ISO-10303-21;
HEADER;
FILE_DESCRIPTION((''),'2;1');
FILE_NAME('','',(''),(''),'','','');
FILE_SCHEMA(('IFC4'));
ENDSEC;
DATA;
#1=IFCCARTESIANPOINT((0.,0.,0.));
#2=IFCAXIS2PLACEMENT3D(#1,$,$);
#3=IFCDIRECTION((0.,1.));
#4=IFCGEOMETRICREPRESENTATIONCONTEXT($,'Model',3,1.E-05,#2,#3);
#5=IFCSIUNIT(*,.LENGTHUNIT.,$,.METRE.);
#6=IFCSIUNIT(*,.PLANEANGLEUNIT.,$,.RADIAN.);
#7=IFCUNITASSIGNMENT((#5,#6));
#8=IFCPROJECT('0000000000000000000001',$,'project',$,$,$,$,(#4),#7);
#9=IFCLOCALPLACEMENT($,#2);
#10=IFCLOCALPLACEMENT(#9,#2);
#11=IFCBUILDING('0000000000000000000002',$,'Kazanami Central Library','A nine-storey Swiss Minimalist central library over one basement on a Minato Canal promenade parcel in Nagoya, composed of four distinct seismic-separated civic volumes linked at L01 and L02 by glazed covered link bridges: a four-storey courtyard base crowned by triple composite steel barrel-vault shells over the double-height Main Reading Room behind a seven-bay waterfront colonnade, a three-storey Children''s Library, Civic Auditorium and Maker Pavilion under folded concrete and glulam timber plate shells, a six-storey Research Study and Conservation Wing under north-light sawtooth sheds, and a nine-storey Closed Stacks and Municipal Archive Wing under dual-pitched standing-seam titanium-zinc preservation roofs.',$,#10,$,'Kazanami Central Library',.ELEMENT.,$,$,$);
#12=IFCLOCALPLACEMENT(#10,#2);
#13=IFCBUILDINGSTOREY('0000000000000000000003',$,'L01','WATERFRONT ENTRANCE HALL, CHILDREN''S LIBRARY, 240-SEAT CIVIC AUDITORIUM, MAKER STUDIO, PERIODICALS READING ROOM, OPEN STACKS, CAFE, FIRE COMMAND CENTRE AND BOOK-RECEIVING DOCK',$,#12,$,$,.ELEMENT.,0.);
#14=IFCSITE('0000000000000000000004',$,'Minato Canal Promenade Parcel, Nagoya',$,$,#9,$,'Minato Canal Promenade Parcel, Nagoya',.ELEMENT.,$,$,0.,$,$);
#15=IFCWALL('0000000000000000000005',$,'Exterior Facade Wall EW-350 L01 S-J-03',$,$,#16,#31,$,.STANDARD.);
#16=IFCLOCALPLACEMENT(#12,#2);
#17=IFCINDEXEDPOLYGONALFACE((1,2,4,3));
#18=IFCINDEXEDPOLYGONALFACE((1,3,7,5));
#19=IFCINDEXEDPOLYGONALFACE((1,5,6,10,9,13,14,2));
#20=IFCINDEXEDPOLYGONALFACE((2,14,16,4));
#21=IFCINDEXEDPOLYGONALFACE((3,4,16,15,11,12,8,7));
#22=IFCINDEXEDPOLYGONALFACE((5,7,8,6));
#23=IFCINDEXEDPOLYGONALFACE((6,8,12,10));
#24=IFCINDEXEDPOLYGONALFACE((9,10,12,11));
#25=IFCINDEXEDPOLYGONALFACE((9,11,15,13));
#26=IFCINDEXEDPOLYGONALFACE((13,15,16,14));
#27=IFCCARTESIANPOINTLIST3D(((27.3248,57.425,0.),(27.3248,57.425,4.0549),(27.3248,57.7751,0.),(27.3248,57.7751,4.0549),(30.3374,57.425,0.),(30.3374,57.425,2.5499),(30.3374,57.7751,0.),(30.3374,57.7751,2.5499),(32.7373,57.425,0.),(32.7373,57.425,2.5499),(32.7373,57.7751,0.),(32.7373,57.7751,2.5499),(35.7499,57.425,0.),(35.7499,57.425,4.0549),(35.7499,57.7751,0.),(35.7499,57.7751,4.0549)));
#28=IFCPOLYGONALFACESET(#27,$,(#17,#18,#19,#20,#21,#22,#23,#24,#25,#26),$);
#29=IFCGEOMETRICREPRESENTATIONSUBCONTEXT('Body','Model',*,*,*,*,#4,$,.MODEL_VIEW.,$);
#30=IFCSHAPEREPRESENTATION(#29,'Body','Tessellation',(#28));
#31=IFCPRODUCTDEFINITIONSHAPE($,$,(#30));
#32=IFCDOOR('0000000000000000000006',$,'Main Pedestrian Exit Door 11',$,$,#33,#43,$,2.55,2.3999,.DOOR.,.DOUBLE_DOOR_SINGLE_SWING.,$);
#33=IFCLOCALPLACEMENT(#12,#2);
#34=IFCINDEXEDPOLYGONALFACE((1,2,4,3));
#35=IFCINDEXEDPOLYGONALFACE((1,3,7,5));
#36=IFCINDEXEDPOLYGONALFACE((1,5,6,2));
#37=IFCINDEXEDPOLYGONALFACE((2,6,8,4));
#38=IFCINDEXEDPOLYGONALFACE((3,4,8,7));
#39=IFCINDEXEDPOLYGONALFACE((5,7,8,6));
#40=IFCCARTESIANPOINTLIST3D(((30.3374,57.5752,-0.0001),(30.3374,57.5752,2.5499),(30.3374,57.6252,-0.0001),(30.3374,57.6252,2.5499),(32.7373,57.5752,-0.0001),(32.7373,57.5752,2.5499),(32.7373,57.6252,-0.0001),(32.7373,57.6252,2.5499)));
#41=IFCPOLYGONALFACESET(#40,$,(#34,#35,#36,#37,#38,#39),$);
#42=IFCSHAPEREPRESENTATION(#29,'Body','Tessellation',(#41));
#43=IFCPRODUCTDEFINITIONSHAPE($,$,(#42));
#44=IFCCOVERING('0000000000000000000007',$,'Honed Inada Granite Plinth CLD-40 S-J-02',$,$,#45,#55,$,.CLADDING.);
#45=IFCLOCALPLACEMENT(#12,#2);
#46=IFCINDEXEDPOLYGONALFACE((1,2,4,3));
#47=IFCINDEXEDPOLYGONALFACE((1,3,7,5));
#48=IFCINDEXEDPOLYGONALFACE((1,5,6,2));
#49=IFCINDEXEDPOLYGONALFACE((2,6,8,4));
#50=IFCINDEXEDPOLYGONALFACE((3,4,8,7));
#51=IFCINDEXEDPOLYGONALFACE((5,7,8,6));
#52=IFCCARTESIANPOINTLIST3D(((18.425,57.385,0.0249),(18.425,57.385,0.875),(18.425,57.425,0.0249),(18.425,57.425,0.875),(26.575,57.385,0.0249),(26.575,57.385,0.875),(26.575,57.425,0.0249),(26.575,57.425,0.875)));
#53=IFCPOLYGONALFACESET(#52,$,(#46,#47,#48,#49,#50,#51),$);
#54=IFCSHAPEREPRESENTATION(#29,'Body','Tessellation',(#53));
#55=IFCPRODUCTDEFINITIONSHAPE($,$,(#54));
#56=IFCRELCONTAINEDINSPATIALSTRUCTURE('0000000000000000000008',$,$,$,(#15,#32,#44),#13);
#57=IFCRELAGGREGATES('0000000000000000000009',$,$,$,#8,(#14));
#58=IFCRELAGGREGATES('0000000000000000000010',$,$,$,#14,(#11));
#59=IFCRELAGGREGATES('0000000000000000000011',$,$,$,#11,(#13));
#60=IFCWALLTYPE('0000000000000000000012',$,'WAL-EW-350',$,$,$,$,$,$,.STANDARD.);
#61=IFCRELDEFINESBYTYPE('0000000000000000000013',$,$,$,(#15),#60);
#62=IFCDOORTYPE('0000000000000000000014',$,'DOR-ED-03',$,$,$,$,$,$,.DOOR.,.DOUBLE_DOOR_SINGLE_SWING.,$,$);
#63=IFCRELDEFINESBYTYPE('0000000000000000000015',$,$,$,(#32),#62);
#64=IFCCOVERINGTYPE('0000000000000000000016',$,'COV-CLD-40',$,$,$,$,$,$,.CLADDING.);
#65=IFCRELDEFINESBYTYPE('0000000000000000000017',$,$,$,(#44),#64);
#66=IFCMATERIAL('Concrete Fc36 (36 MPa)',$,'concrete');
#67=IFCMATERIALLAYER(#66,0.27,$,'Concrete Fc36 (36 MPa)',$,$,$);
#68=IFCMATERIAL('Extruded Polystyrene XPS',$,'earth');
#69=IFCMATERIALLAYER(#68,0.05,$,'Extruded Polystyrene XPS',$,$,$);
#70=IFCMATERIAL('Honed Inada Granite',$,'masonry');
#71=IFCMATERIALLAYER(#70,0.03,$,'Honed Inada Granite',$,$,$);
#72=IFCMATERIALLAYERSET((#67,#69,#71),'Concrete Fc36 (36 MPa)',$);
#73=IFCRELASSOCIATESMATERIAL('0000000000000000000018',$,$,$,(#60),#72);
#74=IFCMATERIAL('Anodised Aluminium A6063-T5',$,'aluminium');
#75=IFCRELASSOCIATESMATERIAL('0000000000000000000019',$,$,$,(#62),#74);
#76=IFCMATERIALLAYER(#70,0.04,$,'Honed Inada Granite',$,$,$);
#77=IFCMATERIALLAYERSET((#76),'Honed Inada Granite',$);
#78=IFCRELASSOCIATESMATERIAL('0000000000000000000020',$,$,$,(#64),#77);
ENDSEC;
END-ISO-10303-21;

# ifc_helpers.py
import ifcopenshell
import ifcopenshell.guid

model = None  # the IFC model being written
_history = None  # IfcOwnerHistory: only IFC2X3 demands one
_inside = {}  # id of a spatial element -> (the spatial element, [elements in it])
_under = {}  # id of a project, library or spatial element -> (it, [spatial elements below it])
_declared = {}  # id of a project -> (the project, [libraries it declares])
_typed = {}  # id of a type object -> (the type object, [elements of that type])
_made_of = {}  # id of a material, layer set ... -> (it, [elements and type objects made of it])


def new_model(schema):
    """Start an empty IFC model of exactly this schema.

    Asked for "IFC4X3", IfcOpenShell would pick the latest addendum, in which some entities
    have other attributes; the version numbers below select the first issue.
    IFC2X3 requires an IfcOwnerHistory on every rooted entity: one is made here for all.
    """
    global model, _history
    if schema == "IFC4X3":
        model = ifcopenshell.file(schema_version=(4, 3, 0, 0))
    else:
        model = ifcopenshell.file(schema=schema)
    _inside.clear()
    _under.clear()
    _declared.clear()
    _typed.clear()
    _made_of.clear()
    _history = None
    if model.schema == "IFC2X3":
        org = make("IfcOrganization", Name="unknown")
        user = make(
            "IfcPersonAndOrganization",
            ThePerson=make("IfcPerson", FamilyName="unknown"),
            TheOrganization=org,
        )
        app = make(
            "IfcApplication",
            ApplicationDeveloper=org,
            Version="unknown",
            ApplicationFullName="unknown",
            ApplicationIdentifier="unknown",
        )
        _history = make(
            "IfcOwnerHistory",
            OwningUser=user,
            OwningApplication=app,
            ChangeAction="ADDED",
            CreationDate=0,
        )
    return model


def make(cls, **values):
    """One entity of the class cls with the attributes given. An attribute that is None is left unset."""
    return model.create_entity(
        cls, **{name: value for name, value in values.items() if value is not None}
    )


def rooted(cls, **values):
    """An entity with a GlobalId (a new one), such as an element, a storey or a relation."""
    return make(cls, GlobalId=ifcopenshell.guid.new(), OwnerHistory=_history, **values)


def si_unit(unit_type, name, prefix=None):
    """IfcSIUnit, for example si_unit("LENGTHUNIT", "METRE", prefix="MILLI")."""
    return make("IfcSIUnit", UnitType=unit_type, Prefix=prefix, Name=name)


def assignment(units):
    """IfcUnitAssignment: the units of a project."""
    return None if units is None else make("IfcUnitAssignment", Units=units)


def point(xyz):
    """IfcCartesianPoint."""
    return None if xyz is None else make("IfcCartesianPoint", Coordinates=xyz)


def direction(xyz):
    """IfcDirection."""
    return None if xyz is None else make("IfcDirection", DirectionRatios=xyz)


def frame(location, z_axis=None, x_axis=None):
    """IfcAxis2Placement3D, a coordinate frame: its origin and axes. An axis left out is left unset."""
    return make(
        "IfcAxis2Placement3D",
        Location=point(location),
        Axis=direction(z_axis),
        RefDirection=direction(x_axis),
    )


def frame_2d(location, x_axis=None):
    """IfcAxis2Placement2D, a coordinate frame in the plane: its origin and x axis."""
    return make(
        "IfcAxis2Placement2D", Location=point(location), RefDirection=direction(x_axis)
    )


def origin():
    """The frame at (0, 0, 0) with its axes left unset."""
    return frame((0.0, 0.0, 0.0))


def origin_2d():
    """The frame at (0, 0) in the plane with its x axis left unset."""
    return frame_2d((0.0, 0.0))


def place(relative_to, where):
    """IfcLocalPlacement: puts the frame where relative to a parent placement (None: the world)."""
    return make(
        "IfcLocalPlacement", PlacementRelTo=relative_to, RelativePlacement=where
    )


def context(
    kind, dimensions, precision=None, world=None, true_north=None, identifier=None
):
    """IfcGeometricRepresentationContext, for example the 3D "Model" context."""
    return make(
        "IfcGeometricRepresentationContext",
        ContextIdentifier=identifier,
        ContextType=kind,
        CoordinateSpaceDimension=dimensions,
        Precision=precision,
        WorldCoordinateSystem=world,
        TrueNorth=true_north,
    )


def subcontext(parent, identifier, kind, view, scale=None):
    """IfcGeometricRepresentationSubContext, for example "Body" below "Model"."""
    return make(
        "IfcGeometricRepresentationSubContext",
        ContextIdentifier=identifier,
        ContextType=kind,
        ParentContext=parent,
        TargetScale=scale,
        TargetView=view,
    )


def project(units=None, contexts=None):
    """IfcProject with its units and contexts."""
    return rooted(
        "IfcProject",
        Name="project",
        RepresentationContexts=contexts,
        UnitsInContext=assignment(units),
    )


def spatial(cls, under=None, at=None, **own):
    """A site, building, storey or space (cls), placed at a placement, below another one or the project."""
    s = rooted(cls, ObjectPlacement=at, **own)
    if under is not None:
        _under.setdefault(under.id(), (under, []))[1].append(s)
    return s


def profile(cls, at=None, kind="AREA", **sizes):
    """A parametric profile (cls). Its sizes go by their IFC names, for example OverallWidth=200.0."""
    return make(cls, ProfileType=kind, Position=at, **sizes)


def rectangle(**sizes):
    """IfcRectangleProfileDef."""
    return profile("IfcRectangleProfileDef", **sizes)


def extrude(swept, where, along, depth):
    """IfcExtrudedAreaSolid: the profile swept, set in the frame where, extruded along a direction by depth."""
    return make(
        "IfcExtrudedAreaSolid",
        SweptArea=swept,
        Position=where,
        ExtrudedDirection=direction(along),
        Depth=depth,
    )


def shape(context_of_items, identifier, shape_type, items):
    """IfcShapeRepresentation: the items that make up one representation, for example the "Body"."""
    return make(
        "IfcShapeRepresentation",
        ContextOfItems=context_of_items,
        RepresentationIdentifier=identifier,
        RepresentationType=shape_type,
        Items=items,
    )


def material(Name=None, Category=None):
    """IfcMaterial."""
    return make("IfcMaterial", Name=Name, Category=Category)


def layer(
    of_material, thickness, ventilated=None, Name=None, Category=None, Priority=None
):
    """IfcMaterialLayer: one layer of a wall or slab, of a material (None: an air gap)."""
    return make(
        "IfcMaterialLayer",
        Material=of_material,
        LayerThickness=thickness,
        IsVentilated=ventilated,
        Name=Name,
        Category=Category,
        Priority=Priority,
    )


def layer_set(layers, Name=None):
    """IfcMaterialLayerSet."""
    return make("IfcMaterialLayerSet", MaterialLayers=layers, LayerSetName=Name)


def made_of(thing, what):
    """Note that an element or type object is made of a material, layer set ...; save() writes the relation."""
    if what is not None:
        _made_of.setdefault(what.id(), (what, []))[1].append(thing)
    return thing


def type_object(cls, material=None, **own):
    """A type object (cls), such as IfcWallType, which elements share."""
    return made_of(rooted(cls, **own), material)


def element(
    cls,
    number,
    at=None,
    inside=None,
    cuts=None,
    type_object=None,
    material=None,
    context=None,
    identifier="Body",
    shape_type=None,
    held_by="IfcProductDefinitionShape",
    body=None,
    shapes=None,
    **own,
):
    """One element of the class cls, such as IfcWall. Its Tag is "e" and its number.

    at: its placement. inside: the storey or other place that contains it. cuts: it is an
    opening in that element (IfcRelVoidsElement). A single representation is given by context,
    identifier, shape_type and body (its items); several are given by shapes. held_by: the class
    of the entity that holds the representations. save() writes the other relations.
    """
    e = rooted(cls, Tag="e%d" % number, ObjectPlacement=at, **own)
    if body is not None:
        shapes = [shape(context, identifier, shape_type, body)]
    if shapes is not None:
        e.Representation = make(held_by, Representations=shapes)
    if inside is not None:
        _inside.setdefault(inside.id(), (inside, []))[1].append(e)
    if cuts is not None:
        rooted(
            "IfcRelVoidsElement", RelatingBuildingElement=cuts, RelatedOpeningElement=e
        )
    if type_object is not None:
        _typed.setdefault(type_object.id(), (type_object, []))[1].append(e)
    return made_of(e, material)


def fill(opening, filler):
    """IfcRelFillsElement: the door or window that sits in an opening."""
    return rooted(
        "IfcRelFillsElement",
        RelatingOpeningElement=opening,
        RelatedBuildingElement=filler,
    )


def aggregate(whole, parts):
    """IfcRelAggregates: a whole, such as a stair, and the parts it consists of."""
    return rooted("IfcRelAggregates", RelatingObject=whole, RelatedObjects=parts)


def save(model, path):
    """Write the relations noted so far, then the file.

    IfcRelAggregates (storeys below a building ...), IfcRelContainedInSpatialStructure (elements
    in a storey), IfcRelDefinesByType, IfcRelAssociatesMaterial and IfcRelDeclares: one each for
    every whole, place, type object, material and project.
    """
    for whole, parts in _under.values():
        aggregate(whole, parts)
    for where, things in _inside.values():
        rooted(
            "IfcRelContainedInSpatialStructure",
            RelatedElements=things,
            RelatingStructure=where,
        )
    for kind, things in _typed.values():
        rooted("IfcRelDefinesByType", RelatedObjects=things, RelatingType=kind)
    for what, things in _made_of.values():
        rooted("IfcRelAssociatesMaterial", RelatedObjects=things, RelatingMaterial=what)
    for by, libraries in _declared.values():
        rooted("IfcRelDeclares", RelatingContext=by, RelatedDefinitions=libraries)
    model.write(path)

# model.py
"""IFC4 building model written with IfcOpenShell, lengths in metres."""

from ifc_helpers import new_model, si_unit, direction, frame, frame_2d, origin, origin_2d, place, context, subcontext, project, spatial, rectangle, extrude, material, layer, layer_set, type_object, element, fill, save


model = new_model("IFC4")

# Units and contexts
model_context = context("Model", 3, precision=1e-05, world=origin(), true_north=direction((0.0, 1.0)))
body_context = subcontext(model_context, "Body", "Model", "MODEL_VIEW")
ifc_project = project(units=[si_unit("LENGTHUNIT", "METRE"), si_unit("PLANEANGLEUNIT", "RADIAN")], contexts=[model_context])

# Site, building, storey
site_placement = place(None, origin())
site = spatial("IfcSite", under=ifc_project, at=site_placement, Name="Minato Canal Promenade Parcel, Nagoya", LongName="Minato Canal Promenade Parcel, Nagoya", CompositionType="ELEMENT", RefElevation=0.0)
building_placement = place(site_placement, origin())
building = spatial("IfcBuilding", under=site, at=building_placement, Name="Kazanami Central Library", Description="A nine-storey Swiss Minimalist central library over one basement on a Minato Canal promenade parcel in Nagoya, composed of four distinct seismic-separated civic volumes linked at L01 and L02 by glazed covered link bridges: a four-storey courtyard base crowned by triple composite steel barrel-vault shells over the double-height Main Reading Room behind a seven-bay waterfront colonnade, a three-storey Children's Library, Civic Auditorium and Maker Pavilion under folded concrete and glulam timber plate shells, a six-storey Research Study and Conservation Wing under north-light sawtooth sheds, and a nine-storey Closed Stacks and Municipal Archive Wing under dual-pitched standing-seam titanium-zinc preservation roofs.", LongName="Kazanami Central Library", CompositionType="ELEMENT")
storey_placement = place(building_placement, origin())
storey = spatial("IfcBuildingStorey", under=building, at=storey_placement, Name="L01", Description="WATERFRONT ENTRANCE HALL, CHILDREN'S LIBRARY, 240-SEAT CIVIC AUDITORIUM, MAKER STUDIO, PERIODICALS READING ROOM, OPEN STACKS, CAFE, FIRE COMMAND CENTRE AND BOOK-RECEIVING DOCK", CompositionType="ELEMENT", Elevation=0.0)

# Shared definitions
ifc_material_1 = material(Name="Anodised Aluminium A6063-T5", Category="aluminium")

# Wall, opening, door
ifc_material_2 = material(Name="Concrete Fc36 (36 MPa)", Category="concrete")
ifc_layer_1 = layer(ifc_material_2, 0.27, Name="Concrete Fc36 (36 MPa)")
ifc_material_3 = material(Name="Extruded Polystyrene XPS", Category="earth")
ifc_layer_2 = layer(ifc_material_3, 0.05, Name="Extruded Polystyrene XPS")
ifc_material_4 = material(Name="Honed Inada Granite", Category="masonry")
ifc_layer_3 = layer(ifc_material_4, 0.03, Name="Honed Inada Granite")
ifc_layer_set_1 = layer_set([ifc_layer_1, ifc_layer_2, ifc_layer_3], Name="Concrete Fc36 (36 MPa)")
wall_type = type_object("IfcWallType", Name="WAL-EW-350", PredefinedType="STANDARD", material=ifc_layer_set_1)
wall_placement = place(storey_placement, frame((27.325, 57.6001, 0.0), z_axis=(0.0, 0.0, 1.0), x_axis=(1.0, 0.0, 0.0)))
wall = element("IfcWall", 1, at=wall_placement, inside=storey, type_object=wall_type, Name="Exterior Facade Wall EW-350 L01 S-J-03", PredefinedType="STANDARD", context=body_context, shape_type="SweptSolid", body=[
    extrude(rectangle(XDim=8.425, YDim=0.3501, at=frame_2d((4.2124, 0.0))), origin(), (0.0, 0.0, 1.0), 4.0549),
])
opening_placement = place(wall_placement, frame((3.0125, 0.0, 0.0)))
opening = element("IfcOpeningElement", 2, at=opening_placement, cuts=wall, PredefinedType="OPENING", context=body_context, shape_type="SweptSolid", body=[
    extrude(rectangle(XDim=2.3999, YDim=2.55, at=frame_2d((1.2, 1.2749))), frame((0.0, 0.187, 0.0), z_axis=(0.0, -1.0, 0.0), x_axis=(1.0, 0.0, 0.0)), (0.0, 0.0, 1.0), 0.374),
])
door_type = type_object("IfcDoorType", Name="DOR-ED-03", OperationType="DOUBLE_DOOR_SINGLE_SWING", PredefinedType="DOOR", material=ifc_material_1)
door_placement = place(opening_placement, frame((2.3999, 0.0, 0.0), z_axis=(0.0, 0.0, 1.0), x_axis=(-1.0, 0.0, 0.0)))
door = element("IfcDoor", 3, at=door_placement, inside=storey, type_object=door_type, Name="Main Pedestrian Exit Door 11", OperationType="DOUBLE_DOOR_SINGLE_SWING", OverallHeight=2.55, OverallWidth=2.3999, PredefinedType="DOOR", context=body_context, shape_type="SweptSolid", body=[
    extrude(rectangle(XDim=2.3999, YDim=2.55, at=frame_2d((1.2, 1.2749))), frame((0.0, 0.0249, 0.0), z_axis=(0.0, -1.0, 0.0), x_axis=(1.0, 0.0, 0.0)), (0.0, 0.0, 1.0), 0.05),
])
fill(opening, door)

# Covering
ifc_layer_4 = layer(ifc_material_4, 0.04, Name="Honed Inada Granite")
ifc_layer_set_2 = layer_set([ifc_layer_4], Name="Honed Inada Granite")
covering_type = type_object("IfcCoveringType", Name="COV-CLD-40", PredefinedType="CLADDING", material=ifc_layer_set_2)
covering_placement = place(storey_placement, frame((22.5, 57.405, 0.0249), z_axis=(0.0, 0.0, 1.0), x_axis=(1.0, 0.0, 0.0)))
element("IfcCovering", 4, at=covering_placement, inside=storey, type_object=covering_type, Name="Honed Inada Granite Plinth CLD-40 S-J-02", PredefinedType="CLADDING", context=body_context, shape_type="SweptSolid", body=[
    extrude(rectangle(XDim=8.1499, YDim=0.04, at=origin_2d()), origin(), (0.0, 0.0, 1.0), 0.8501),
])

save(model, "model.ifc")
